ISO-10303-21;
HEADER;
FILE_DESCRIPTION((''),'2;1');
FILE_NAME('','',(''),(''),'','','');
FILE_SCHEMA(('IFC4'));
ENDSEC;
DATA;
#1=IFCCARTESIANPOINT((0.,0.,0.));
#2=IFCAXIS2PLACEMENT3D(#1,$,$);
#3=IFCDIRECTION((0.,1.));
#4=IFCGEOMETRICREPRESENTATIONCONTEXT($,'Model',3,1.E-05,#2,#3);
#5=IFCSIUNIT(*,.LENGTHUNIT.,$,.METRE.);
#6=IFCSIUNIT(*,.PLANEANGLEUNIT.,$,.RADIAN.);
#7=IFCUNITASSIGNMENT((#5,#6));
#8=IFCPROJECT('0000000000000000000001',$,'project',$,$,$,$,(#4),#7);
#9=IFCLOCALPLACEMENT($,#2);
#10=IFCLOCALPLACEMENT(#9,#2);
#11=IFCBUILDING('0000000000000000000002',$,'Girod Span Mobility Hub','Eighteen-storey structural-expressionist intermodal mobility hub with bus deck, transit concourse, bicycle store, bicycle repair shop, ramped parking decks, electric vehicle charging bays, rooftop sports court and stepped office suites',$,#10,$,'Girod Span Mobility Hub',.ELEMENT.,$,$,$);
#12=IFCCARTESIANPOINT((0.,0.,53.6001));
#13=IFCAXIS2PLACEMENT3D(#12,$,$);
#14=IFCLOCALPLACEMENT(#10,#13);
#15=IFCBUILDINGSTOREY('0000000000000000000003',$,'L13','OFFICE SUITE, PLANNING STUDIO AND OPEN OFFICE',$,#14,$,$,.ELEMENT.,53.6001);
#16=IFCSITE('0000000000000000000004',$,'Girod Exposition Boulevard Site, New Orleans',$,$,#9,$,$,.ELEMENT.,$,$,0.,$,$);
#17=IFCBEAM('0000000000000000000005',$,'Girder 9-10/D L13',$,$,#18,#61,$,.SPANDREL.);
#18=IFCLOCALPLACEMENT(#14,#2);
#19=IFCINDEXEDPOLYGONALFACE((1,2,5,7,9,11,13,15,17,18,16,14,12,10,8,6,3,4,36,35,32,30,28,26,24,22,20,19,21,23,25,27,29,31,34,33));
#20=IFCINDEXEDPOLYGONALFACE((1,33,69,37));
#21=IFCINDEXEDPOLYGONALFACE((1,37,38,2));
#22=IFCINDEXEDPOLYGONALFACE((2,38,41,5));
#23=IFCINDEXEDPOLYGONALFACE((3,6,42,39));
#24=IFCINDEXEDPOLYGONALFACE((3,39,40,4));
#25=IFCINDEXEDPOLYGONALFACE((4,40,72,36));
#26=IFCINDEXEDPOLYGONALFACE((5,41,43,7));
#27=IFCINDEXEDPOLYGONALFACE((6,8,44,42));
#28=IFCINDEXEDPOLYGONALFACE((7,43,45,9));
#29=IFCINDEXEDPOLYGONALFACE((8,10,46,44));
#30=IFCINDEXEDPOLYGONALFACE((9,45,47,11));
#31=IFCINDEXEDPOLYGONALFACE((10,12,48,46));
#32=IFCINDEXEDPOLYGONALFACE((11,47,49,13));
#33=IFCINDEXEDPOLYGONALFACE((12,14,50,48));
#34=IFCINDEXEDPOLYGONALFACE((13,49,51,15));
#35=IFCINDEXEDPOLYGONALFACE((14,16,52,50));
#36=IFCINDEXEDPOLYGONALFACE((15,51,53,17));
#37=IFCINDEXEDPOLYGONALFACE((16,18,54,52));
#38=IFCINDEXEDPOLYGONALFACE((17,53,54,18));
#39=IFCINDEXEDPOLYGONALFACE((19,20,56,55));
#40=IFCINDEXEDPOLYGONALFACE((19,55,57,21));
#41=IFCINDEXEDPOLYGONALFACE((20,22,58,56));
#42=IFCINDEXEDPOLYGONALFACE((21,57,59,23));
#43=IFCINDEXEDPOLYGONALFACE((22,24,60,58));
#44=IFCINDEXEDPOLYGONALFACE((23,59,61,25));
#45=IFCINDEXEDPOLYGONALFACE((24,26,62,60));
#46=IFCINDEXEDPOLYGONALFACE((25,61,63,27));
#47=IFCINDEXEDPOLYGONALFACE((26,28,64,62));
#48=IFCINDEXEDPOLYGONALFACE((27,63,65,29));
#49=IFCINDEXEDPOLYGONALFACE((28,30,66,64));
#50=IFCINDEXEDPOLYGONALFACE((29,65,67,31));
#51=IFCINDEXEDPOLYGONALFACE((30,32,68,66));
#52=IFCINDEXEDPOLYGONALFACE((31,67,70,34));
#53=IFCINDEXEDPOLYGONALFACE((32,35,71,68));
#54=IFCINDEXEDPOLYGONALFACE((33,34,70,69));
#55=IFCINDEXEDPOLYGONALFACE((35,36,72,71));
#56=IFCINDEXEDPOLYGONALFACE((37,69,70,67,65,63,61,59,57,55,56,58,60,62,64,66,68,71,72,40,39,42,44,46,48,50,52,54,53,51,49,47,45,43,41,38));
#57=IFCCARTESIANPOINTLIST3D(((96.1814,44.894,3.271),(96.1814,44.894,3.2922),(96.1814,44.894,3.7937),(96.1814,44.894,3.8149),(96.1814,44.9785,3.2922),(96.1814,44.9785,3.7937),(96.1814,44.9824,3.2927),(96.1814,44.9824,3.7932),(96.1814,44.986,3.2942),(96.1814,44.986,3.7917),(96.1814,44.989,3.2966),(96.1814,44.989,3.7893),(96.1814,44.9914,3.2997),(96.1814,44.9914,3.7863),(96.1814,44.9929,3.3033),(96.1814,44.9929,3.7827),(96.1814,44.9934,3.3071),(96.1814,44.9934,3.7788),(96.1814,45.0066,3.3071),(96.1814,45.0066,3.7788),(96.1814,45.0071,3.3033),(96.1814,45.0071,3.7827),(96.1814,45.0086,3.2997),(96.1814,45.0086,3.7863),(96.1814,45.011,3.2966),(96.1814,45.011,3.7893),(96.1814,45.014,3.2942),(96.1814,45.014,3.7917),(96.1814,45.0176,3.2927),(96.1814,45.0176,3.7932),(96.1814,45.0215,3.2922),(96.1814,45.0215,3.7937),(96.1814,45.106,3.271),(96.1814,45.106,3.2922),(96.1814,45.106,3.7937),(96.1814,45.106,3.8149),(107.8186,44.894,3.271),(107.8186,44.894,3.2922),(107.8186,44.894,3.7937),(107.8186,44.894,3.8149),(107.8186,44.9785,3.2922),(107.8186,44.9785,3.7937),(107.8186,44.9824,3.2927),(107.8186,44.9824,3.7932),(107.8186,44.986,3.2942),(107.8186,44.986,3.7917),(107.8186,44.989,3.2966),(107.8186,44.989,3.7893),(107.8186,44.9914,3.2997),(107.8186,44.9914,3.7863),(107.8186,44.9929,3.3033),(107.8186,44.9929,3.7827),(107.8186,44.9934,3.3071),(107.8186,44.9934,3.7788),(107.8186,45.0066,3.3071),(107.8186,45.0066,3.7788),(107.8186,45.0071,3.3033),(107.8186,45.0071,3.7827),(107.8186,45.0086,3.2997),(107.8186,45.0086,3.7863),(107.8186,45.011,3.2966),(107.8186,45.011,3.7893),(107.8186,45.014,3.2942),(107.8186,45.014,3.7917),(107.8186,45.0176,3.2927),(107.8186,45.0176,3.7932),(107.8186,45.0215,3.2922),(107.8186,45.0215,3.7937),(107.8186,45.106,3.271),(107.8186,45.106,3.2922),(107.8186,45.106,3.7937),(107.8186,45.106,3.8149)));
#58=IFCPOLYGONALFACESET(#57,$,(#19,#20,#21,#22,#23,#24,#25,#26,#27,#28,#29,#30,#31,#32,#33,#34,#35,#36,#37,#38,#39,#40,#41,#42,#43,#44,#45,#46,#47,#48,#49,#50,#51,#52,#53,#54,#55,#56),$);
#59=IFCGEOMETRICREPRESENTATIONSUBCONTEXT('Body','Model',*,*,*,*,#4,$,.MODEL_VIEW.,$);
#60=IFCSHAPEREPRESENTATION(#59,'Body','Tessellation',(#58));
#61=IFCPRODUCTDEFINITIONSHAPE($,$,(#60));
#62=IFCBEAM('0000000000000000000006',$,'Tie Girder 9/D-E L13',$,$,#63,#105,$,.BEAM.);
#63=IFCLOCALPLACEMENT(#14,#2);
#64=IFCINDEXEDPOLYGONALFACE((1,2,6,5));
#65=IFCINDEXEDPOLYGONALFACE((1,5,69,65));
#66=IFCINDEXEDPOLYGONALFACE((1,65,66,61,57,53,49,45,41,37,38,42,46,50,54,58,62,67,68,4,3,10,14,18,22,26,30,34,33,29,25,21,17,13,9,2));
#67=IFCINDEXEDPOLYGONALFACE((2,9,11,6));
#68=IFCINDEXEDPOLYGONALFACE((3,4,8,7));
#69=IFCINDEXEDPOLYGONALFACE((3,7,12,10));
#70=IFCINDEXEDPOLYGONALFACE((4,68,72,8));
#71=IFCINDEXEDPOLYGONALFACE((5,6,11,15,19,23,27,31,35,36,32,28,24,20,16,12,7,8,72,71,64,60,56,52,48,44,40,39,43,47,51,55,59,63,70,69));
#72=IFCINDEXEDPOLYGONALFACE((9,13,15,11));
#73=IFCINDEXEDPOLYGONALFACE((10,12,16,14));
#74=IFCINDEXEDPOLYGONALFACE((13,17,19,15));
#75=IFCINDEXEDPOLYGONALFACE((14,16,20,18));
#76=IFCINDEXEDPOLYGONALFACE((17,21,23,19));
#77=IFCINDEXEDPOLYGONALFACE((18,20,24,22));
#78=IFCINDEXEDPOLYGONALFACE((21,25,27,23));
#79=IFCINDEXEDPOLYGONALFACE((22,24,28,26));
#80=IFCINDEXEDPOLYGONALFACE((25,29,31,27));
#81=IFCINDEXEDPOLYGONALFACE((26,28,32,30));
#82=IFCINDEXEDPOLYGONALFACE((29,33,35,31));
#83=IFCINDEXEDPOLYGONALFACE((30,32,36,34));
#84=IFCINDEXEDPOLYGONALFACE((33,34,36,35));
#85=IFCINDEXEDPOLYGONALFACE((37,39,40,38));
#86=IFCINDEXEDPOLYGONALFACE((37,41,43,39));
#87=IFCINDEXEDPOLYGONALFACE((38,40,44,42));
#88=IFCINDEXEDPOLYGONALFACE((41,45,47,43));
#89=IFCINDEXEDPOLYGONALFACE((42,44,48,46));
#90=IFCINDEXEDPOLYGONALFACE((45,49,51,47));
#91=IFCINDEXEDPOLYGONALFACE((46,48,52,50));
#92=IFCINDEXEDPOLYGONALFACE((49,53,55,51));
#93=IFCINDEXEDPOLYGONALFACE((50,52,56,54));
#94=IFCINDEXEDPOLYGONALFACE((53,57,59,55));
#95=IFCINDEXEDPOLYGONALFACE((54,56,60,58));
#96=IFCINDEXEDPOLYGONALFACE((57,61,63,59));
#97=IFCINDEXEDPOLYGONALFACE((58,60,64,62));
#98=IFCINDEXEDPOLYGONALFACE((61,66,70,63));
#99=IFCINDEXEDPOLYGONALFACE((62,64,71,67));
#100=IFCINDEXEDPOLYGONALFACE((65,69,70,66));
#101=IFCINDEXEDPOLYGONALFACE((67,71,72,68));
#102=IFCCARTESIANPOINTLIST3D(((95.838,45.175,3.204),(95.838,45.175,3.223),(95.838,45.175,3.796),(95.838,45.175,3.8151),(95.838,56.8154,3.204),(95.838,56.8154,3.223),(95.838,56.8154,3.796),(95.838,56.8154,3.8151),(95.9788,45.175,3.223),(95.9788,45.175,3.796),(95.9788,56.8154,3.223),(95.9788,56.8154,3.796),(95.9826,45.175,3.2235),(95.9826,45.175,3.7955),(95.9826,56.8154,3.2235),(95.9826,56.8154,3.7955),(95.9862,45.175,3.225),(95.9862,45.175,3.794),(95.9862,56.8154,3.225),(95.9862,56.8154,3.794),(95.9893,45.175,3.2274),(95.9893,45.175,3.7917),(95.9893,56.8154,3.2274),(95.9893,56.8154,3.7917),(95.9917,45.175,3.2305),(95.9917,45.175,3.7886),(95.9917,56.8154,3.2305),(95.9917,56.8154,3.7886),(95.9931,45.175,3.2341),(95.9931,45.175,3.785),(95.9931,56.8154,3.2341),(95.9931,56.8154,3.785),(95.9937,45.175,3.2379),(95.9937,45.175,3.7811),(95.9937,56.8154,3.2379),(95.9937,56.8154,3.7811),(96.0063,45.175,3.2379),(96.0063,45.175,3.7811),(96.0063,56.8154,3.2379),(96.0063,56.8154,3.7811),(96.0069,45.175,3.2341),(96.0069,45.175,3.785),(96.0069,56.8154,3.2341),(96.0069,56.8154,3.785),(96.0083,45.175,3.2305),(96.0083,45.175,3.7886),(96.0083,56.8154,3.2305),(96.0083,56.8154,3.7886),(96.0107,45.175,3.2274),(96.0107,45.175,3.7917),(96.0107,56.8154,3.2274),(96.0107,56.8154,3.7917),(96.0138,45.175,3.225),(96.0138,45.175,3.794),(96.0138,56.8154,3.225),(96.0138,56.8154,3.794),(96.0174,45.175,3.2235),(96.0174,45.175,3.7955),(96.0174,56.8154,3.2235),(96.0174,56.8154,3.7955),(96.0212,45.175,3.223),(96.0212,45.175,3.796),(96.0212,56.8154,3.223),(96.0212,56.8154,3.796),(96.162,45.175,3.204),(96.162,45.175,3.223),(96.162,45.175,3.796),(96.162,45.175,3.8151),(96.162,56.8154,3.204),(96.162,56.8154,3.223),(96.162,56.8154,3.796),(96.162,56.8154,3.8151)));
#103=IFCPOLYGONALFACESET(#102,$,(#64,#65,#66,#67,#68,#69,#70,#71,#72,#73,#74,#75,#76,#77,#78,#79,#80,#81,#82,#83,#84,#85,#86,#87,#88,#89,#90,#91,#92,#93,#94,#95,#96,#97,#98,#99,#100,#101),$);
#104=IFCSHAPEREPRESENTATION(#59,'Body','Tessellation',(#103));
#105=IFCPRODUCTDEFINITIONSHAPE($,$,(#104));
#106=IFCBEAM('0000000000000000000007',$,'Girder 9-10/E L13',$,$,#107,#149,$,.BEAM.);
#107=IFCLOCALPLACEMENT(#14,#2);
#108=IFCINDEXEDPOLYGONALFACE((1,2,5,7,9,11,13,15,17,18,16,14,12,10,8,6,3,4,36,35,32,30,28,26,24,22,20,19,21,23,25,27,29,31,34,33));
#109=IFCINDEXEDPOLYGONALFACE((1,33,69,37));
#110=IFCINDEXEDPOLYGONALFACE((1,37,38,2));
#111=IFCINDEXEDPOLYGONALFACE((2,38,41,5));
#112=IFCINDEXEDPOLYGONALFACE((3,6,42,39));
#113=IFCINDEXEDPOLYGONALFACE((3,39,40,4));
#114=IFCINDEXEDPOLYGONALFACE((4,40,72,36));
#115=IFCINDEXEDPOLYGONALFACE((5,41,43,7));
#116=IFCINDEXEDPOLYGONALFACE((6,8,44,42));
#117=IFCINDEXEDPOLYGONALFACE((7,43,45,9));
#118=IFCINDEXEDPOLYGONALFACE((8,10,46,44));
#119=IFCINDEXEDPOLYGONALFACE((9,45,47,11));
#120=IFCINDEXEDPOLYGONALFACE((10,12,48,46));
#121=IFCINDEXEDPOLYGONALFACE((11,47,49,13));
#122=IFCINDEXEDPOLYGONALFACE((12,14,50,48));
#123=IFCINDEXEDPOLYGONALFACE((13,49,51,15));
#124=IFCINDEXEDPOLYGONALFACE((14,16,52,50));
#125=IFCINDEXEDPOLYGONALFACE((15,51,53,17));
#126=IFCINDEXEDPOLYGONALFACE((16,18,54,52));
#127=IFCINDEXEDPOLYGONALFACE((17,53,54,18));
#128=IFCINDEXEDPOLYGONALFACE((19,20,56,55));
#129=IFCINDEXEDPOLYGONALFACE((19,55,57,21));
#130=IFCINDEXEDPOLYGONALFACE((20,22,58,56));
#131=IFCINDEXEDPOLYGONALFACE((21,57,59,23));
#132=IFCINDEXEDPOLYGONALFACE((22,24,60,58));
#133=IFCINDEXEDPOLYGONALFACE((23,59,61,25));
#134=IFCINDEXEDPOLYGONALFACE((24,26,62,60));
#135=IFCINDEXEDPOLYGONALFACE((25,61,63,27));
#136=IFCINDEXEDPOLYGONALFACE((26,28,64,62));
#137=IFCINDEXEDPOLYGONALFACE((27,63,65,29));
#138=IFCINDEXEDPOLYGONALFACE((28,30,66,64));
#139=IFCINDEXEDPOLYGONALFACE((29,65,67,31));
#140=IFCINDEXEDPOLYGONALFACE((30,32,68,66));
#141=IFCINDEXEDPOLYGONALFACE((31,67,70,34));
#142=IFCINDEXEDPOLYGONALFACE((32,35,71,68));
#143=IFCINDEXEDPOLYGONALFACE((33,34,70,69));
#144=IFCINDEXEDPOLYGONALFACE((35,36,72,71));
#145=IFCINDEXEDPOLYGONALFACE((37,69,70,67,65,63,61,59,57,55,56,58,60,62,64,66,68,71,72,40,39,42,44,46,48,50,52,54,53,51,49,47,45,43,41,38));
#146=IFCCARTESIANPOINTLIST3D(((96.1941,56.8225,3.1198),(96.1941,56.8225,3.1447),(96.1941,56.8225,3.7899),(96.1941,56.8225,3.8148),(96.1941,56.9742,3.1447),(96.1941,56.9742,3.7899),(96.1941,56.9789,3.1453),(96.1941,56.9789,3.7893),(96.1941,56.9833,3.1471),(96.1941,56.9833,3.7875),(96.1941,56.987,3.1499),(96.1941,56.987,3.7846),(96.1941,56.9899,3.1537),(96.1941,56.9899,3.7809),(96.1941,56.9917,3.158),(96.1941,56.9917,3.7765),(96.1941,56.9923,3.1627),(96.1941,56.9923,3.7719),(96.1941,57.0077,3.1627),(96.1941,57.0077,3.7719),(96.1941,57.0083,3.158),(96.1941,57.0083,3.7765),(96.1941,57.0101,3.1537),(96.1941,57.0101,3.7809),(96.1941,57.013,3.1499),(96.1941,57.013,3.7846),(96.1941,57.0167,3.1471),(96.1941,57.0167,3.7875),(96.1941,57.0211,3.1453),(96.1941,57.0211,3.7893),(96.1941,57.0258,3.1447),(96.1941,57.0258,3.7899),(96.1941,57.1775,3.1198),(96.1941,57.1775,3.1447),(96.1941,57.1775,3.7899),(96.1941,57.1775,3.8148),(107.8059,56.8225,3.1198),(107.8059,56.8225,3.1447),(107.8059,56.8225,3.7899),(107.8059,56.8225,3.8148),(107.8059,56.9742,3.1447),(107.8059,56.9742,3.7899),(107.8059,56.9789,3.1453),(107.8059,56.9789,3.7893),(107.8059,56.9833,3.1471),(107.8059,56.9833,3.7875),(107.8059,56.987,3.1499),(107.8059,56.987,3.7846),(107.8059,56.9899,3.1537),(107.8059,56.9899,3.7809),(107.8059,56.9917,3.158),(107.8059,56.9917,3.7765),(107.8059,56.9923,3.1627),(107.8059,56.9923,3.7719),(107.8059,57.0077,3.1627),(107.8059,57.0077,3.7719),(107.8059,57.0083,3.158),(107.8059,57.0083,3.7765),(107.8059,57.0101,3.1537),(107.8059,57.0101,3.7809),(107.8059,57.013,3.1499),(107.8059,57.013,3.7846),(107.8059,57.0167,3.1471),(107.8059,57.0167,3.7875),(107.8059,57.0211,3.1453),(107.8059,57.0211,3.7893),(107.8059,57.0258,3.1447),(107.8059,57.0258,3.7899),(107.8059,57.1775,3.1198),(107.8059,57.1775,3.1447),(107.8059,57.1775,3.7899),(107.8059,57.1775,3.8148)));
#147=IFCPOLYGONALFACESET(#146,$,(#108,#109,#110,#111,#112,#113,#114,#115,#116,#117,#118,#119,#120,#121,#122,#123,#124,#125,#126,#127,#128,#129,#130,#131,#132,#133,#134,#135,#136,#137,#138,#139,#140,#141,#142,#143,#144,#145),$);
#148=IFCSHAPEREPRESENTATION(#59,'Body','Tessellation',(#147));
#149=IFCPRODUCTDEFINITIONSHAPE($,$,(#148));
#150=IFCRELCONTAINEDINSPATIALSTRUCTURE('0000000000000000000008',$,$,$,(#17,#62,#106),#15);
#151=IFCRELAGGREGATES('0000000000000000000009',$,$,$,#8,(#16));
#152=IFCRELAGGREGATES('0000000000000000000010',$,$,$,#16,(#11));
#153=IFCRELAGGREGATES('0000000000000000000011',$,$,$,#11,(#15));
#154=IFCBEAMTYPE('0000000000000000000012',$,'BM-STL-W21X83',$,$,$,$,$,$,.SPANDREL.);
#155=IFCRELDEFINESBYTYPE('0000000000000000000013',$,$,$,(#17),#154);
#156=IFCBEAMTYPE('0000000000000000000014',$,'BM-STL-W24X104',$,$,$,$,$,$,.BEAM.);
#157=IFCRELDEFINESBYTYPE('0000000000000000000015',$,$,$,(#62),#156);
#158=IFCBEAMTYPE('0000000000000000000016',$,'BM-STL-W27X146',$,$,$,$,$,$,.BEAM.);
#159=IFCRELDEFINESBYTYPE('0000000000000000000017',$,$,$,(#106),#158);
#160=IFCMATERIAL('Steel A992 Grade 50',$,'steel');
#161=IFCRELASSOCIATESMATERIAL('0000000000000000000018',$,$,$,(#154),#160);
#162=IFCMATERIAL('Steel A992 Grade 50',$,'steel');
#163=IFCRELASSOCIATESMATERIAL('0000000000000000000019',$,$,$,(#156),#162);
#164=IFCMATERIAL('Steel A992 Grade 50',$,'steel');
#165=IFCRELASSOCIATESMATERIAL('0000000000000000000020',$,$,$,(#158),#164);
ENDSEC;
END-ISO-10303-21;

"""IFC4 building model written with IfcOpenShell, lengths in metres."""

from ifc_helpers import new_model, si_unit, direction, frame, origin, origin_2d, place, context, subcontext, project, spatial, i_section, extrude, material, material_profile, profile_set, type_object, element, save


model = new_model("IFC4")

# Units and contexts
model_context = context("Model", 3, precision=1e-05, world=origin(), true_north=direction((0.0, 1.0)))
body_context = subcontext(model_context, "Body", "Model", "MODEL_VIEW")
ifc_project = project(units=[si_unit("LENGTHUNIT", "METRE"), si_unit("PLANEANGLEUNIT", "RADIAN")], contexts=[model_context])

# Site, building, storey
site_placement = place(None, origin())
site = spatial("IfcSite", under=ifc_project, at=site_placement, Name="Girod Exposition Boulevard Site, New Orleans", CompositionType="ELEMENT", RefElevation=0.0)
building_placement = place(site_placement, origin())
building = spatial("IfcBuilding", under=site, at=building_placement, Name="Girod Span Mobility Hub", Description="Eighteen-storey structural-expressionist intermodal mobility hub with bus deck, transit concourse, bicycle store, bicycle repair shop, ramped parking decks, electric vehicle charging bays, rooftop sports court and stepped office suites", LongName="Girod Span Mobility Hub", CompositionType="ELEMENT")
storey_placement = place(building_placement, frame((0.0, 0.0, 53.6001)))
storey = spatial("IfcBuildingStorey", under=building, at=storey_placement, Name="L13", Description="OFFICE SUITE, PLANNING STUDIO AND OPEN OFFICE", CompositionType="ELEMENT", Elevation=53.6001)

# Beams
ifc_material_1 = material(Name="Steel A992 Grade 50", Category="steel")
ifc_material_profile_1 = material_profile(ifc_material_1, i_section(OverallWidth=0.2119, OverallDepth=0.5439, WebThickness=0.0132, FlangeThickness=0.0212, FilletRadius=0.0149, at=origin_2d()), Name="W21X83")
ifc_profile_set_1 = profile_set([ifc_material_profile_1], Name="Steel A992 Grade 50")
beam_type_1 = type_object("IfcBeamType", Name="BM-STL-W21X83", PredefinedType="SPANDREL", material=ifc_profile_set_1)
beam_1_placement = place(storey_placement, frame((96.1814, 45.0, 3.543), z_axis=(1.0, 0.0, 0.0), x_axis=(0.0, 1.0, 0.0)))
element("IfcBeam", 1, at=beam_1_placement, inside=storey, type_object=beam_type_1, Name="Girder 9-10/D L13", PredefinedType="SPANDREL", context=body_context, shape_type="SweptSolid", body=[
    extrude(i_section(OverallWidth=0.2119, OverallDepth=0.5439, WebThickness=0.0132, FlangeThickness=0.0212, FilletRadius=0.0149, at=origin_2d()), origin(), (0.0, 0.0, 1.0), 11.6372),
])
ifc_material_2 = material(Name="Steel A992 Grade 50", Category="steel")
ifc_material_profile_2 = material_profile(ifc_material_2, i_section(OverallWidth=0.324, OverallDepth=0.6111, WebThickness=0.0127, FlangeThickness=0.019, FilletRadius=0.0149, at=origin_2d()), Name="W24X104")
ifc_profile_set_2 = profile_set([ifc_material_profile_2], Name="Steel A992 Grade 50")
beam_type_2 = type_object("IfcBeamType", Name="BM-STL-W24X104", PredefinedType="BEAM", material=ifc_profile_set_2)
beam_2_placement = place(storey_placement, frame((96.0, 45.175, 3.5095), z_axis=(0.0, 1.0, 0.0), x_axis=(-1.0, 0.0, 0.0)))
element("IfcBeam", 2, at=beam_2_placement, inside=storey, type_object=beam_type_2, Name="Tie Girder 9/D-E L13", PredefinedType="BEAM", context=body_context, shape_type="SweptSolid", body=[
    extrude(i_section(OverallWidth=0.324, OverallDepth=0.6111, WebThickness=0.0127, FlangeThickness=0.019, FilletRadius=0.0149, at=origin_2d()), origin(), (0.0, 0.0, 1.0), 11.6404),
])
ifc_material_3 = material(Name="Steel A992 Grade 50", Category="steel")
ifc_material_profile_3 = material_profile(ifc_material_3, i_section(OverallWidth=0.355, OverallDepth=0.6951, WebThickness=0.0154, FlangeThickness=0.0249, FilletRadius=0.0181, at=origin_2d()), Name="W27X146")
ifc_profile_set_3 = profile_set([ifc_material_profile_3], Name="Steel A992 Grade 50")
beam_type_3 = type_object("IfcBeamType", Name="BM-STL-W27X146", PredefinedType="BEAM", material=ifc_profile_set_3)
beam_3_placement = place(storey_placement, frame((96.1941, 57.0, 3.4673), z_axis=(1.0, 0.0, 0.0), x_axis=(0.0, 1.0, 0.0)))
element("IfcBeam", 3, at=beam_3_placement, inside=storey, type_object=beam_type_3, Name="Girder 9-10/E L13", PredefinedType="BEAM", context=body_context, shape_type="SweptSolid", body=[
    extrude(i_section(OverallWidth=0.355, OverallDepth=0.6951, WebThickness=0.0154, FlangeThickness=0.0249, FilletRadius=0.0181, at=origin_2d()), origin(), (0.0, 0.0, 1.0), 11.6118),
])

save(model, "model.ifc")
